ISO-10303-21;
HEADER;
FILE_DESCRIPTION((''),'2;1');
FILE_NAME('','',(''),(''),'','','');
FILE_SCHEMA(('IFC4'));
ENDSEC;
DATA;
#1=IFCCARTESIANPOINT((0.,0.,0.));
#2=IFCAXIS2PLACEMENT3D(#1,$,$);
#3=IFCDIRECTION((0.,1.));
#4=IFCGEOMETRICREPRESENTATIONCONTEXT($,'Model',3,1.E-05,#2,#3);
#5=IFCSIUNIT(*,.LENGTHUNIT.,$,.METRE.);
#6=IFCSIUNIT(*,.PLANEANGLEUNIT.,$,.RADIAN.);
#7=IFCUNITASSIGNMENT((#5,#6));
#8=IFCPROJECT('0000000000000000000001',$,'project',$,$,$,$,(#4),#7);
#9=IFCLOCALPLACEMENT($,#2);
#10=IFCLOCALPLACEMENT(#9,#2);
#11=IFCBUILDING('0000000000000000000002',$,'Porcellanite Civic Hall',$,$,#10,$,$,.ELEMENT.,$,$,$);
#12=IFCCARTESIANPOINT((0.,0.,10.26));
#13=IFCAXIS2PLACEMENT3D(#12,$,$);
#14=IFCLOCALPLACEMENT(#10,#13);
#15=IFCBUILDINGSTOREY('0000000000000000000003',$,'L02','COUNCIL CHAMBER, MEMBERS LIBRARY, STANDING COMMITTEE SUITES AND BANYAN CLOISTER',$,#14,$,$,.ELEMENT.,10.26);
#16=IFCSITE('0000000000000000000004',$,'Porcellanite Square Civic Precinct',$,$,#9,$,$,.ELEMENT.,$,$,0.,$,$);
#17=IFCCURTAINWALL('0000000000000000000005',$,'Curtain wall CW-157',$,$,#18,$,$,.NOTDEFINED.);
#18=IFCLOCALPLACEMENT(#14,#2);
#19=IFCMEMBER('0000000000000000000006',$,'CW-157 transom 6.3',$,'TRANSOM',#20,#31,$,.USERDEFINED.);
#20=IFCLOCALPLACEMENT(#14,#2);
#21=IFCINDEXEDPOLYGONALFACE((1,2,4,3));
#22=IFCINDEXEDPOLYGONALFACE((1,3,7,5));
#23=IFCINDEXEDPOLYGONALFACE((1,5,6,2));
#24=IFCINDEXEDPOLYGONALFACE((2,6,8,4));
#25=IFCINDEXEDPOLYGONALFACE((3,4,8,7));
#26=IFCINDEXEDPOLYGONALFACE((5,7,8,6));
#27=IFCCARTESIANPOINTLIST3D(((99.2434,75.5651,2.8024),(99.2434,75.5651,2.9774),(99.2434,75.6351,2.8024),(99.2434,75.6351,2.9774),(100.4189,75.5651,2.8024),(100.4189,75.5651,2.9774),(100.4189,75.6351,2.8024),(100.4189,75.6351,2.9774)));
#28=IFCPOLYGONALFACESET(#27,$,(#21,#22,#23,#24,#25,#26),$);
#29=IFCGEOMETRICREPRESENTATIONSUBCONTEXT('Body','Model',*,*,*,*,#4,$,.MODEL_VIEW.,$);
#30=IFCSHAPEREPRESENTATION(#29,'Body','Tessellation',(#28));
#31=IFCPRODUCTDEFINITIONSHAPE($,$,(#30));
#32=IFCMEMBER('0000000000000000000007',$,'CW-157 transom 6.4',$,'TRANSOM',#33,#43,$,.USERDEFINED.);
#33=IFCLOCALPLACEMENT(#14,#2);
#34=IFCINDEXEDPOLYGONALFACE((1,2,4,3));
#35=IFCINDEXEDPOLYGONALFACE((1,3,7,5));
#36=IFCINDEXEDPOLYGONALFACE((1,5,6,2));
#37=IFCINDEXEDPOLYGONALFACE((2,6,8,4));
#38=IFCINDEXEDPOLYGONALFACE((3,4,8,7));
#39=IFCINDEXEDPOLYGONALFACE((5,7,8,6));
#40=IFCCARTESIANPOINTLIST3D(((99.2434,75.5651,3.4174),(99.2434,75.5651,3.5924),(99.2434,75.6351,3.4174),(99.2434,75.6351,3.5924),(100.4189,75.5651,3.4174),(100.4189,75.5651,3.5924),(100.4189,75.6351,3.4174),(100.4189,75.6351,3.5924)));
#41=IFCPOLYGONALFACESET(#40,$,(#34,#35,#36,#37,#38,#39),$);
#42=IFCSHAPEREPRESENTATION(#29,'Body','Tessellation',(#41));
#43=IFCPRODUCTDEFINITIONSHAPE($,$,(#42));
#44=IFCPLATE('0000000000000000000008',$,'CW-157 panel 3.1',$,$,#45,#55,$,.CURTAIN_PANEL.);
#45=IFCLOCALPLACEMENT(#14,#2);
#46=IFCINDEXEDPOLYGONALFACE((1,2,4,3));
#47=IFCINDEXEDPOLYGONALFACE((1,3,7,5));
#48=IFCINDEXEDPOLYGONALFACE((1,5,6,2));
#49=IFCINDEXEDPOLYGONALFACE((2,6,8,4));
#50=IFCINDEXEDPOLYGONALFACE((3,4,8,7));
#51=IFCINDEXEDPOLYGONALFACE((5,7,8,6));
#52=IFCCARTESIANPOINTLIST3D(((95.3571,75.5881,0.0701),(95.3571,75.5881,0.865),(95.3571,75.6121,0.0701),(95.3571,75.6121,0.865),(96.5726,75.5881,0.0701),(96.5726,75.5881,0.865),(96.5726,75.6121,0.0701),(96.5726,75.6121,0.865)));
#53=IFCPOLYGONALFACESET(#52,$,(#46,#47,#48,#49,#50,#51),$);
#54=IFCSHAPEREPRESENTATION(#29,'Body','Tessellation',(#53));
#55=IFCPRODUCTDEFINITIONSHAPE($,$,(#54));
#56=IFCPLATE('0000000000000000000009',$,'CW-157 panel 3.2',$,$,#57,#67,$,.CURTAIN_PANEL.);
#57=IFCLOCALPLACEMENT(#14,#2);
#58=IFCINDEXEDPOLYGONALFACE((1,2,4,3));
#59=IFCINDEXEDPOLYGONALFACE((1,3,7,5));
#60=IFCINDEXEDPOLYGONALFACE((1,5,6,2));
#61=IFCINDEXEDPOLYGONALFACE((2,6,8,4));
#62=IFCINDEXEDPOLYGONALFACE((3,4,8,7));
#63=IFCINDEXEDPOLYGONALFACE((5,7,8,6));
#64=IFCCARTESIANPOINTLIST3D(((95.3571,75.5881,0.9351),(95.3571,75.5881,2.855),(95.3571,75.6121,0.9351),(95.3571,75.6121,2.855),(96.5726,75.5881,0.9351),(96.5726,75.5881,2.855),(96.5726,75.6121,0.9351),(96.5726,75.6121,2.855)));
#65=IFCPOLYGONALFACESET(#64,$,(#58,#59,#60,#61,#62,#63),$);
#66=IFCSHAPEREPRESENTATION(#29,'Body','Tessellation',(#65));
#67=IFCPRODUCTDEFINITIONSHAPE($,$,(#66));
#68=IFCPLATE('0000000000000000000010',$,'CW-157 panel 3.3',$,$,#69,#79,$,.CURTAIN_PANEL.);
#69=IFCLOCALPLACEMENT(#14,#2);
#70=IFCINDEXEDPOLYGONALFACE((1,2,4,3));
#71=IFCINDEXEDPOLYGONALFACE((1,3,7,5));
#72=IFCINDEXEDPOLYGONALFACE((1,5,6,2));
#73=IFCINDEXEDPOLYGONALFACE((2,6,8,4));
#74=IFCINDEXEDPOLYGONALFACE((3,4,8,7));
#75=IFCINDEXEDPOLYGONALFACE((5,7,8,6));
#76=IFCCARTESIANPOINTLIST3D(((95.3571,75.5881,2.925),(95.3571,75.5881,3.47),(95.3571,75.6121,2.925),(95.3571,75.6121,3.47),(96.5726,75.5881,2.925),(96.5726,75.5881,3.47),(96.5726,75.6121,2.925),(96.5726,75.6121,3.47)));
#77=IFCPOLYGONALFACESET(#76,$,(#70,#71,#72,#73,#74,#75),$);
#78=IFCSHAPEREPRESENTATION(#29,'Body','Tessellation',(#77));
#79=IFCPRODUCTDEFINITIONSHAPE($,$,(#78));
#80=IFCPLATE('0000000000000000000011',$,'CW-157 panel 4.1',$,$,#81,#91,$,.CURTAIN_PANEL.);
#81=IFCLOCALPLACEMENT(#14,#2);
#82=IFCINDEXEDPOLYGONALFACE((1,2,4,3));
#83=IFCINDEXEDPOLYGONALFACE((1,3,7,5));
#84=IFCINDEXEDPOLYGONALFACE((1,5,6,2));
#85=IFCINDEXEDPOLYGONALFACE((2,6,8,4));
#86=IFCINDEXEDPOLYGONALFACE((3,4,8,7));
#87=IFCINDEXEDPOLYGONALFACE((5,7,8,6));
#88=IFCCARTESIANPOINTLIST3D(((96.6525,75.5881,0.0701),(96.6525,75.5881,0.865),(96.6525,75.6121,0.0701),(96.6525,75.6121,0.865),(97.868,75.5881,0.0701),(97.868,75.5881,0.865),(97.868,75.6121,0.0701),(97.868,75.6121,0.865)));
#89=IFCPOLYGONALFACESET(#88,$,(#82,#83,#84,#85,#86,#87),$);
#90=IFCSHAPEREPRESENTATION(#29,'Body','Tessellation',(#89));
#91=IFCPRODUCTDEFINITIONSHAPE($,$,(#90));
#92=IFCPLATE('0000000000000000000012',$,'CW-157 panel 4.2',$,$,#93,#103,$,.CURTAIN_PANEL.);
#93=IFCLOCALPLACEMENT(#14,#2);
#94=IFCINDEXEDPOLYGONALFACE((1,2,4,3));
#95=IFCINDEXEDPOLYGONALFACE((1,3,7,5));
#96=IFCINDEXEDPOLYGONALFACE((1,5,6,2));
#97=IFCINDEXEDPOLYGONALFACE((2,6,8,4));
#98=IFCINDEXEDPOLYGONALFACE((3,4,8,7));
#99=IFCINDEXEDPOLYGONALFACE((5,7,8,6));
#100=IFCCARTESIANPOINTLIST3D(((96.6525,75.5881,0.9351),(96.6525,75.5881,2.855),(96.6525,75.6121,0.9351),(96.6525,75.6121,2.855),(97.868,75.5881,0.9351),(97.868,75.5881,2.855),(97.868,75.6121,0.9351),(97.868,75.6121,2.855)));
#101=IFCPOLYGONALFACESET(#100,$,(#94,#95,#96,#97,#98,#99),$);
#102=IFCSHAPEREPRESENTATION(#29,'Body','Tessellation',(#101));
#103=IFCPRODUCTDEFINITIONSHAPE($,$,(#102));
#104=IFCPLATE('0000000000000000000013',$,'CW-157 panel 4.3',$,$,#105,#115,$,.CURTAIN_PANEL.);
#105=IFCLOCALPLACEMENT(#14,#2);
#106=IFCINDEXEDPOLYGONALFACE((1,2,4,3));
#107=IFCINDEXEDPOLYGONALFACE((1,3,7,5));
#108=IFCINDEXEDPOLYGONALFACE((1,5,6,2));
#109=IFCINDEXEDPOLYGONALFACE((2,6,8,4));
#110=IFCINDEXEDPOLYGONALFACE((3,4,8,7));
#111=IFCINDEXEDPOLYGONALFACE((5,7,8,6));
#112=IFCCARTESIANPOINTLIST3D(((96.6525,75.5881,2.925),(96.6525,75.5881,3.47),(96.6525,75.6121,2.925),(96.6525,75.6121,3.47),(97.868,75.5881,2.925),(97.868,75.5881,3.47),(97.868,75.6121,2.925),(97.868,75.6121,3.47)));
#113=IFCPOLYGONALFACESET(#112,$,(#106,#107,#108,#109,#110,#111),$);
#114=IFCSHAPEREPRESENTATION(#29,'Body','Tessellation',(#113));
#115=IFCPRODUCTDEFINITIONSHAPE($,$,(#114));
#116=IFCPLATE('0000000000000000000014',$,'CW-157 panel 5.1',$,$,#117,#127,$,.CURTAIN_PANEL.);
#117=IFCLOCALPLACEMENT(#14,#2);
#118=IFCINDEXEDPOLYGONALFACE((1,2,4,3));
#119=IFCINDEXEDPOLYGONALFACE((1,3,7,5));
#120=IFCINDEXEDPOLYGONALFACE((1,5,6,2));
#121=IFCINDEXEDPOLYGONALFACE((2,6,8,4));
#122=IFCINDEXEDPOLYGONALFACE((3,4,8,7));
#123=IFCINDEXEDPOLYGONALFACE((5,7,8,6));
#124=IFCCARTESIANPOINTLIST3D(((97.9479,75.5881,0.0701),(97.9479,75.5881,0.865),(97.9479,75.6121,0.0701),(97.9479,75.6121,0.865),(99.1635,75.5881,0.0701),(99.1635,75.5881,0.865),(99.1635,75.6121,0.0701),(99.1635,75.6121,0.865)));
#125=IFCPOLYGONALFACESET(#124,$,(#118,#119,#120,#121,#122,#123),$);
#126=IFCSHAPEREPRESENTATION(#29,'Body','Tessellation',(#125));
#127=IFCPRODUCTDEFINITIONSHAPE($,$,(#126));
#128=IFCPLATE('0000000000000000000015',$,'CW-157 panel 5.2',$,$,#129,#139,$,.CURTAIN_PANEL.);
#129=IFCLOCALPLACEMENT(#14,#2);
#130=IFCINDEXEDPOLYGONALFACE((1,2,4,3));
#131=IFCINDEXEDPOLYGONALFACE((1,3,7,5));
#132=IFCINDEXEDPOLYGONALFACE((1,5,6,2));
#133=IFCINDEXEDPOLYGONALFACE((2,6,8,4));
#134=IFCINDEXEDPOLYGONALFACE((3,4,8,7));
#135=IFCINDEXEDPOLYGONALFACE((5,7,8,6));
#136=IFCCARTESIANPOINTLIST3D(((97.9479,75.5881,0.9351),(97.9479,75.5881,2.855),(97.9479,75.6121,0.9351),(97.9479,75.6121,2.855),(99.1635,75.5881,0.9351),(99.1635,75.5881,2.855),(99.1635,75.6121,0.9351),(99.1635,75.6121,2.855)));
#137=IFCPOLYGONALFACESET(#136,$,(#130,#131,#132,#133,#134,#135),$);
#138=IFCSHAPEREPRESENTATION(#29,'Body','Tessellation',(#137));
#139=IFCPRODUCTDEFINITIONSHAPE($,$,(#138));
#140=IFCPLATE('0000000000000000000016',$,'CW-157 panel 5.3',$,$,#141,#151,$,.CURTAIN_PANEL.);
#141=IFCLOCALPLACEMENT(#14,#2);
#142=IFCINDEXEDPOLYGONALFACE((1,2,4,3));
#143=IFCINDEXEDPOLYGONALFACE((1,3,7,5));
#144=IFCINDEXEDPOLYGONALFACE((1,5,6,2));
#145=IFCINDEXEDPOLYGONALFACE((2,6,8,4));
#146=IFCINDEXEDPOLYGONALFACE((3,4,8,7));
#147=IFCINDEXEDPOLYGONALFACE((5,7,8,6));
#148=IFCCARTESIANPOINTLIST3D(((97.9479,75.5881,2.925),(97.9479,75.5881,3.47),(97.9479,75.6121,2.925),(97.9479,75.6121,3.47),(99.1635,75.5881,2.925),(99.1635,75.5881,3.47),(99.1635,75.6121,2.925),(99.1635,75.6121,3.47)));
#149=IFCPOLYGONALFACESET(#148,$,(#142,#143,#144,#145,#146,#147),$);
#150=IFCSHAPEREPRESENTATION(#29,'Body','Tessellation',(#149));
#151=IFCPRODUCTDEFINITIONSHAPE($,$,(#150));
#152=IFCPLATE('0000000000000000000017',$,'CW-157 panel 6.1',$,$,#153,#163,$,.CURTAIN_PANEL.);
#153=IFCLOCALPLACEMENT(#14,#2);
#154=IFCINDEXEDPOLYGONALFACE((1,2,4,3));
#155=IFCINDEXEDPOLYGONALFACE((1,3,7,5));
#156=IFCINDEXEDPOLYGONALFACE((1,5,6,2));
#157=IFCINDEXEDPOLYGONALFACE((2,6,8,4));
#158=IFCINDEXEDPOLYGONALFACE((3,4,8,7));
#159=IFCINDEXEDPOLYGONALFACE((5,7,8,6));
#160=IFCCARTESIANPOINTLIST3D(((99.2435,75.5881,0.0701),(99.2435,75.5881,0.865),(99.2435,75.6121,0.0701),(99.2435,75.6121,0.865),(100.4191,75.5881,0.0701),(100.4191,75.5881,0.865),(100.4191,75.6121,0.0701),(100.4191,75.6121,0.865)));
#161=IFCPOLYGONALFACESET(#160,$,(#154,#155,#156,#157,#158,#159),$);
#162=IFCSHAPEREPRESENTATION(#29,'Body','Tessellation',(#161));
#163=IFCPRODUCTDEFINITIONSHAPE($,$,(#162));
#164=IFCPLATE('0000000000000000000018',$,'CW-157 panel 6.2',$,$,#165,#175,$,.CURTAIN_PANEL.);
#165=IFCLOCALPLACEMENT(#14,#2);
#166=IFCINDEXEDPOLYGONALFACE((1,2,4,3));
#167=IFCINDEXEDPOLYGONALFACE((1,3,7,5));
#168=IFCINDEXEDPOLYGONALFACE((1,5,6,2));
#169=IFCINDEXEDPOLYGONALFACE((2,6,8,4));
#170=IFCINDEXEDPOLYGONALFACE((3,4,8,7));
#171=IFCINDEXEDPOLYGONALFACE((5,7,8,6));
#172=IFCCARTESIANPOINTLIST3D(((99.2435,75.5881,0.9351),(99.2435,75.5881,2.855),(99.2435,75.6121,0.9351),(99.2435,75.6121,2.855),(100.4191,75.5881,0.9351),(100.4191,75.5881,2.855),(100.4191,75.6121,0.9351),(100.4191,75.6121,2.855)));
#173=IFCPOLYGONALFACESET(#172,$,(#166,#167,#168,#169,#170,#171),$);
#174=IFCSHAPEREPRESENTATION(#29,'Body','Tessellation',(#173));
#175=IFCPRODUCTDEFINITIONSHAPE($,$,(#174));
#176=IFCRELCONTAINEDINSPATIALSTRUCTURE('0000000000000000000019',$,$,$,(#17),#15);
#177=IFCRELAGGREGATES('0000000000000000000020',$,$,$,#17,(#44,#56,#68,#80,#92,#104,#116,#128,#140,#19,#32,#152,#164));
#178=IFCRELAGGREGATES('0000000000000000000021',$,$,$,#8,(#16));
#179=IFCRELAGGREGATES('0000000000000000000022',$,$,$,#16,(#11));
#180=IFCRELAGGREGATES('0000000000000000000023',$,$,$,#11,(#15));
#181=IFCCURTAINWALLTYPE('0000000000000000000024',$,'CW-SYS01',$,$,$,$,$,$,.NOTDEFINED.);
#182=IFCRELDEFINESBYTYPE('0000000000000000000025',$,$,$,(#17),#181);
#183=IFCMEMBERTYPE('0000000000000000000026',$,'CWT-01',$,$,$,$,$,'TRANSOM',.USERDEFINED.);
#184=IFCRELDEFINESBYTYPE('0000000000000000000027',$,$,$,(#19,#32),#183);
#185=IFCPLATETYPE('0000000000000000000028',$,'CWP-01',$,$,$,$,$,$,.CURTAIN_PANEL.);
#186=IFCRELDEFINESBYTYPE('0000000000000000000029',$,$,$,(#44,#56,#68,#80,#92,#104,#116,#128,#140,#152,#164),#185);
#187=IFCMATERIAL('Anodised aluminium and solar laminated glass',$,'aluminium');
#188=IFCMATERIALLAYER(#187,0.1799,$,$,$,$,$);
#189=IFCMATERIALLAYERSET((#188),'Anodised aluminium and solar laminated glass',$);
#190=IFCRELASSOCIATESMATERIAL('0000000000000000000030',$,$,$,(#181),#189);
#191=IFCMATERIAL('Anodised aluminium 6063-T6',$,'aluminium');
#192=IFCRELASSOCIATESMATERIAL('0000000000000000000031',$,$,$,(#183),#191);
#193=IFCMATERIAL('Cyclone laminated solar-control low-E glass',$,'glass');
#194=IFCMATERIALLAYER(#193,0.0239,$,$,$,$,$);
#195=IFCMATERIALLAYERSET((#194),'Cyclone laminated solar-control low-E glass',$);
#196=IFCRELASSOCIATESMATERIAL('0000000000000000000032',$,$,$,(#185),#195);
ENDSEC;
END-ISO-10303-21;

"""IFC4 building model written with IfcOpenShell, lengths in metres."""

from ifc_helpers import new_model, si_unit, direction, frame, origin, origin_2d, place, context, subcontext, project, spatial, rectangle, extrude, material, layer, layer_set, material_profile, profile_set, type_object, element, aggregate, save


model = new_model("IFC4")

# Units and contexts
model_context = context("Model", 3, precision=1e-05, world=origin(), true_north=direction((0.0, 1.0)))
body_context = subcontext(model_context, "Body", "Model", "MODEL_VIEW")
ifc_project = project(units=[si_unit("LENGTHUNIT", "METRE"), si_unit("PLANEANGLEUNIT", "RADIAN")], contexts=[model_context])

# Site, building, storey
site_placement = place(None, origin())
site = spatial("IfcSite", under=ifc_project, at=site_placement, Name="Porcellanite Square Civic Precinct", CompositionType="ELEMENT", RefElevation=0.0)
building_placement = place(site_placement, origin())
building = spatial("IfcBuilding", under=site, at=building_placement, Name="Porcellanite Civic Hall", CompositionType="ELEMENT")
storey_placement = place(building_placement, frame((0.0, 0.0, 10.26)))
storey = spatial("IfcBuildingStorey", under=building, at=storey_placement, Name="L02", Description="COUNCIL CHAMBER, MEMBERS LIBRARY, STANDING COMMITTEE SUITES AND BANYAN CLOISTER", CompositionType="ELEMENT", Elevation=10.26)

# Curtain wall, members, plates
ifc_material_1 = material(Name="Anodised aluminium and solar laminated glass", Category="aluminium")
ifc_layer_1 = layer(ifc_material_1, 0.1799)
ifc_layer_set_1 = layer_set([ifc_layer_1], Name="Anodised aluminium and solar laminated glass")
curtain_wall_type = type_object("IfcCurtainWallType", Name="CW-SYS01", PredefinedType="NOTDEFINED", material=ifc_layer_set_1)
curtain_wall_placement = place(storey_placement, origin())
curtain_wall = element("IfcCurtainWall", 1, at=curtain_wall_placement, inside=storey, type_object=curtain_wall_type, Name="Curtain wall CW-157", PredefinedType="NOTDEFINED")
ifc_material_2 = material(Name="Anodised aluminium 6063-T6", Category="aluminium")
ifc_material_profile_1 = material_profile(ifc_material_2, rectangle(XDim=0.0701, YDim=0.175, at=origin_2d()), Name="AL-70x175")
ifc_profile_set_1 = profile_set([ifc_material_profile_1], Name="Anodised aluminium 6063-T6")
member_type_1 = type_object("IfcMemberType", Name="CWT-01", ElementType="TRANSOM", PredefinedType="USERDEFINED", material=ifc_profile_set_1)
member_1_placement = place(storey_placement, frame((99.2434, 75.6001, 2.8899), z_axis=(1.0, 0.0, 0.0), x_axis=(0.0, 1.0, 0.0)))
member_1 = element("IfcMember", 2, at=member_1_placement, type_object=member_type_1, Name="CW-157 transom 6.3", ObjectType="TRANSOM", PredefinedType="USERDEFINED", context=body_context, shape_type="SweptSolid", body=[
    extrude(rectangle(XDim=0.0701, YDim=0.175, at=origin_2d()), origin(), (0.0, 0.0, 1.0), 1.1755),
])
member_2_placement = place(storey_placement, frame((99.2434, 75.6001, 3.5049), z_axis=(1.0, 0.0, 0.0), x_axis=(0.0, 1.0, 0.0)))
member_2 = element("IfcMember", 3, at=member_2_placement, type_object=member_type_1, Name="CW-157 transom 6.4", ObjectType="TRANSOM", PredefinedType="USERDEFINED", context=body_context, shape_type="SweptSolid", body=[
    extrude(rectangle(XDim=0.0701, YDim=0.175, at=origin_2d()), origin(), (0.0, 0.0, 1.0), 1.1755),
])
ifc_material_3 = material(Name="Cyclone laminated solar-control low-E glass", Category="glass")
ifc_layer_2 = layer(ifc_material_3, 0.0239)
ifc_layer_set_2 = layer_set([ifc_layer_2], Name="Cyclone laminated solar-control low-E glass")
plate_type = type_object("IfcPlateType", Name="CWP-01", PredefinedType="CURTAIN_PANEL", material=ifc_layer_set_2)
plate_1_placement = place(storey_placement, frame((95.9648, 75.6001, 0.0701), z_axis=(0.0, 0.0, 1.0), x_axis=(1.0, 0.0, 0.0)))
plate_1 = element("IfcPlate", 4, at=plate_1_placement, type_object=plate_type, Name="CW-157 panel 3.1", PredefinedType="CURTAIN_PANEL", context=body_context, shape_type="SweptSolid", body=[
    extrude(rectangle(XDim=1.2156, YDim=0.0239, at=origin_2d()), origin(), (0.0, 0.0, 1.0), 0.7949),
])
plate_2_placement = place(storey_placement, frame((95.9648, 75.6001, 0.9351), z_axis=(0.0, 0.0, 1.0), x_axis=(1.0, 0.0, 0.0)))
plate_2 = element("IfcPlate", 5, at=plate_2_placement, type_object=plate_type, Name="CW-157 panel 3.2", PredefinedType="CURTAIN_PANEL", context=body_context, shape_type="SweptSolid", body=[
    extrude(rectangle(XDim=1.2156, YDim=0.0239, at=origin_2d()), origin(), (0.0, 0.0, 1.0), 1.9199),
])
plate_3_placement = place(storey_placement, frame((95.9648, 75.6001, 2.925), z_axis=(0.0, 0.0, 1.0), x_axis=(1.0, 0.0, 0.0)))
plate_3 = element("IfcPlate", 6, at=plate_3_placement, type_object=plate_type, Name="CW-157 panel 3.3", PredefinedType="CURTAIN_PANEL", context=body_context, shape_type="SweptSolid", body=[
    extrude(rectangle(XDim=1.2156, YDim=0.0239, at=origin_2d()), origin(), (0.0, 0.0, 1.0), 0.5449),
])
plate_4_placement = place(storey_placement, frame((97.2603, 75.6001, 0.0701), z_axis=(0.0, 0.0, 1.0), x_axis=(1.0, 0.0, 0.0)))
plate_4 = element("IfcPlate", 7, at=plate_4_placement, type_object=plate_type, Name="CW-157 panel 4.1", PredefinedType="CURTAIN_PANEL", context=body_context, shape_type="SweptSolid", body=[
    extrude(rectangle(XDim=1.2156, YDim=0.0239, at=origin_2d()), origin(), (0.0, 0.0, 1.0), 0.7949),
])
plate_5_placement = place(storey_placement, frame((97.2603, 75.6001, 0.9351), z_axis=(0.0, 0.0, 1.0), x_axis=(1.0, 0.0, 0.0)))
plate_5 = element("IfcPlate", 8, at=plate_5_placement, type_object=plate_type, Name="CW-157 panel 4.2", PredefinedType="CURTAIN_PANEL", context=body_context, shape_type="SweptSolid", body=[
    extrude(rectangle(XDim=1.2156, YDim=0.0239, at=origin_2d()), origin(), (0.0, 0.0, 1.0), 1.9199),
])
plate_6_placement = place(storey_placement, frame((97.2603, 75.6001, 2.925), z_axis=(0.0, 0.0, 1.0), x_axis=(1.0, 0.0, 0.0)))
plate_6 = element("IfcPlate", 9, at=plate_6_placement, type_object=plate_type, Name="CW-157 panel 4.3", PredefinedType="CURTAIN_PANEL", context=body_context, shape_type="SweptSolid", body=[
    extrude(rectangle(XDim=1.2156, YDim=0.0239, at=origin_2d()), origin(), (0.0, 0.0, 1.0), 0.5449),
])
plate_7_placement = place(storey_placement, frame((98.5557, 75.6001, 0.0701), z_axis=(0.0, 0.0, 1.0), x_axis=(1.0, 0.0, 0.0)))
plate_7 = element("IfcPlate", 10, at=plate_7_placement, type_object=plate_type, Name="CW-157 panel 5.1", PredefinedType="CURTAIN_PANEL", context=body_context, shape_type="SweptSolid", body=[
    extrude(rectangle(XDim=1.2156, YDim=0.0239, at=origin_2d()), origin(), (0.0, 0.0, 1.0), 0.7949),
])
plate_8_placement = place(storey_placement, frame((98.5557, 75.6001, 0.9351), z_axis=(0.0, 0.0, 1.0), x_axis=(1.0, 0.0, 0.0)))
plate_8 = element("IfcPlate", 11, at=plate_8_placement, type_object=plate_type, Name="CW-157 panel 5.2", PredefinedType="CURTAIN_PANEL", context=body_context, shape_type="SweptSolid", body=[
    extrude(rectangle(XDim=1.2156, YDim=0.0239, at=origin_2d()), origin(), (0.0, 0.0, 1.0), 1.9199),
])
plate_9_placement = place(storey_placement, frame((98.5557, 75.6001, 2.925), z_axis=(0.0, 0.0, 1.0), x_axis=(1.0, 0.0, 0.0)))
plate_9 = element("IfcPlate", 12, at=plate_9_placement, type_object=plate_type, Name="CW-157 panel 5.3", PredefinedType="CURTAIN_PANEL", context=body_context, shape_type="SweptSolid", body=[
    extrude(rectangle(XDim=1.2156, YDim=0.0239, at=origin_2d()), origin(), (0.0, 0.0, 1.0), 0.5449),
])
plate_10_placement = place(storey_placement, frame((99.8313, 75.6001, 0.0701), z_axis=(0.0, 0.0, 1.0), x_axis=(1.0, 0.0, 0.0)))
plate_10 = element("IfcPlate", 13, at=plate_10_placement, type_object=plate_type, Name="CW-157 panel 6.1", PredefinedType="CURTAIN_PANEL", context=body_context, shape_type="SweptSolid", body=[
    extrude(rectangle(XDim=1.1755, YDim=0.0239, at=origin_2d()), origin(), (0.0, 0.0, 1.0), 0.7949),
])
plate_11_placement = place(storey_placement, frame((99.8313, 75.6001, 0.9351), z_axis=(0.0, 0.0, 1.0), x_axis=(1.0, 0.0, 0.0)))
plate_11 = element("IfcPlate", 14, at=plate_11_placement, type_object=plate_type, Name="CW-157 panel 6.2", PredefinedType="CURTAIN_PANEL", context=body_context, shape_type="SweptSolid", body=[
    extrude(rectangle(XDim=1.1755, YDim=0.0239, at=origin_2d()), origin(), (0.0, 0.0, 1.0), 1.9199),
])
aggregate(curtain_wall, [plate_1, plate_2, plate_3, plate_4, plate_5, plate_6, plate_7, plate_8, plate_9, member_1, member_2, plate_10, plate_11])

save(model, "model.ifc")
